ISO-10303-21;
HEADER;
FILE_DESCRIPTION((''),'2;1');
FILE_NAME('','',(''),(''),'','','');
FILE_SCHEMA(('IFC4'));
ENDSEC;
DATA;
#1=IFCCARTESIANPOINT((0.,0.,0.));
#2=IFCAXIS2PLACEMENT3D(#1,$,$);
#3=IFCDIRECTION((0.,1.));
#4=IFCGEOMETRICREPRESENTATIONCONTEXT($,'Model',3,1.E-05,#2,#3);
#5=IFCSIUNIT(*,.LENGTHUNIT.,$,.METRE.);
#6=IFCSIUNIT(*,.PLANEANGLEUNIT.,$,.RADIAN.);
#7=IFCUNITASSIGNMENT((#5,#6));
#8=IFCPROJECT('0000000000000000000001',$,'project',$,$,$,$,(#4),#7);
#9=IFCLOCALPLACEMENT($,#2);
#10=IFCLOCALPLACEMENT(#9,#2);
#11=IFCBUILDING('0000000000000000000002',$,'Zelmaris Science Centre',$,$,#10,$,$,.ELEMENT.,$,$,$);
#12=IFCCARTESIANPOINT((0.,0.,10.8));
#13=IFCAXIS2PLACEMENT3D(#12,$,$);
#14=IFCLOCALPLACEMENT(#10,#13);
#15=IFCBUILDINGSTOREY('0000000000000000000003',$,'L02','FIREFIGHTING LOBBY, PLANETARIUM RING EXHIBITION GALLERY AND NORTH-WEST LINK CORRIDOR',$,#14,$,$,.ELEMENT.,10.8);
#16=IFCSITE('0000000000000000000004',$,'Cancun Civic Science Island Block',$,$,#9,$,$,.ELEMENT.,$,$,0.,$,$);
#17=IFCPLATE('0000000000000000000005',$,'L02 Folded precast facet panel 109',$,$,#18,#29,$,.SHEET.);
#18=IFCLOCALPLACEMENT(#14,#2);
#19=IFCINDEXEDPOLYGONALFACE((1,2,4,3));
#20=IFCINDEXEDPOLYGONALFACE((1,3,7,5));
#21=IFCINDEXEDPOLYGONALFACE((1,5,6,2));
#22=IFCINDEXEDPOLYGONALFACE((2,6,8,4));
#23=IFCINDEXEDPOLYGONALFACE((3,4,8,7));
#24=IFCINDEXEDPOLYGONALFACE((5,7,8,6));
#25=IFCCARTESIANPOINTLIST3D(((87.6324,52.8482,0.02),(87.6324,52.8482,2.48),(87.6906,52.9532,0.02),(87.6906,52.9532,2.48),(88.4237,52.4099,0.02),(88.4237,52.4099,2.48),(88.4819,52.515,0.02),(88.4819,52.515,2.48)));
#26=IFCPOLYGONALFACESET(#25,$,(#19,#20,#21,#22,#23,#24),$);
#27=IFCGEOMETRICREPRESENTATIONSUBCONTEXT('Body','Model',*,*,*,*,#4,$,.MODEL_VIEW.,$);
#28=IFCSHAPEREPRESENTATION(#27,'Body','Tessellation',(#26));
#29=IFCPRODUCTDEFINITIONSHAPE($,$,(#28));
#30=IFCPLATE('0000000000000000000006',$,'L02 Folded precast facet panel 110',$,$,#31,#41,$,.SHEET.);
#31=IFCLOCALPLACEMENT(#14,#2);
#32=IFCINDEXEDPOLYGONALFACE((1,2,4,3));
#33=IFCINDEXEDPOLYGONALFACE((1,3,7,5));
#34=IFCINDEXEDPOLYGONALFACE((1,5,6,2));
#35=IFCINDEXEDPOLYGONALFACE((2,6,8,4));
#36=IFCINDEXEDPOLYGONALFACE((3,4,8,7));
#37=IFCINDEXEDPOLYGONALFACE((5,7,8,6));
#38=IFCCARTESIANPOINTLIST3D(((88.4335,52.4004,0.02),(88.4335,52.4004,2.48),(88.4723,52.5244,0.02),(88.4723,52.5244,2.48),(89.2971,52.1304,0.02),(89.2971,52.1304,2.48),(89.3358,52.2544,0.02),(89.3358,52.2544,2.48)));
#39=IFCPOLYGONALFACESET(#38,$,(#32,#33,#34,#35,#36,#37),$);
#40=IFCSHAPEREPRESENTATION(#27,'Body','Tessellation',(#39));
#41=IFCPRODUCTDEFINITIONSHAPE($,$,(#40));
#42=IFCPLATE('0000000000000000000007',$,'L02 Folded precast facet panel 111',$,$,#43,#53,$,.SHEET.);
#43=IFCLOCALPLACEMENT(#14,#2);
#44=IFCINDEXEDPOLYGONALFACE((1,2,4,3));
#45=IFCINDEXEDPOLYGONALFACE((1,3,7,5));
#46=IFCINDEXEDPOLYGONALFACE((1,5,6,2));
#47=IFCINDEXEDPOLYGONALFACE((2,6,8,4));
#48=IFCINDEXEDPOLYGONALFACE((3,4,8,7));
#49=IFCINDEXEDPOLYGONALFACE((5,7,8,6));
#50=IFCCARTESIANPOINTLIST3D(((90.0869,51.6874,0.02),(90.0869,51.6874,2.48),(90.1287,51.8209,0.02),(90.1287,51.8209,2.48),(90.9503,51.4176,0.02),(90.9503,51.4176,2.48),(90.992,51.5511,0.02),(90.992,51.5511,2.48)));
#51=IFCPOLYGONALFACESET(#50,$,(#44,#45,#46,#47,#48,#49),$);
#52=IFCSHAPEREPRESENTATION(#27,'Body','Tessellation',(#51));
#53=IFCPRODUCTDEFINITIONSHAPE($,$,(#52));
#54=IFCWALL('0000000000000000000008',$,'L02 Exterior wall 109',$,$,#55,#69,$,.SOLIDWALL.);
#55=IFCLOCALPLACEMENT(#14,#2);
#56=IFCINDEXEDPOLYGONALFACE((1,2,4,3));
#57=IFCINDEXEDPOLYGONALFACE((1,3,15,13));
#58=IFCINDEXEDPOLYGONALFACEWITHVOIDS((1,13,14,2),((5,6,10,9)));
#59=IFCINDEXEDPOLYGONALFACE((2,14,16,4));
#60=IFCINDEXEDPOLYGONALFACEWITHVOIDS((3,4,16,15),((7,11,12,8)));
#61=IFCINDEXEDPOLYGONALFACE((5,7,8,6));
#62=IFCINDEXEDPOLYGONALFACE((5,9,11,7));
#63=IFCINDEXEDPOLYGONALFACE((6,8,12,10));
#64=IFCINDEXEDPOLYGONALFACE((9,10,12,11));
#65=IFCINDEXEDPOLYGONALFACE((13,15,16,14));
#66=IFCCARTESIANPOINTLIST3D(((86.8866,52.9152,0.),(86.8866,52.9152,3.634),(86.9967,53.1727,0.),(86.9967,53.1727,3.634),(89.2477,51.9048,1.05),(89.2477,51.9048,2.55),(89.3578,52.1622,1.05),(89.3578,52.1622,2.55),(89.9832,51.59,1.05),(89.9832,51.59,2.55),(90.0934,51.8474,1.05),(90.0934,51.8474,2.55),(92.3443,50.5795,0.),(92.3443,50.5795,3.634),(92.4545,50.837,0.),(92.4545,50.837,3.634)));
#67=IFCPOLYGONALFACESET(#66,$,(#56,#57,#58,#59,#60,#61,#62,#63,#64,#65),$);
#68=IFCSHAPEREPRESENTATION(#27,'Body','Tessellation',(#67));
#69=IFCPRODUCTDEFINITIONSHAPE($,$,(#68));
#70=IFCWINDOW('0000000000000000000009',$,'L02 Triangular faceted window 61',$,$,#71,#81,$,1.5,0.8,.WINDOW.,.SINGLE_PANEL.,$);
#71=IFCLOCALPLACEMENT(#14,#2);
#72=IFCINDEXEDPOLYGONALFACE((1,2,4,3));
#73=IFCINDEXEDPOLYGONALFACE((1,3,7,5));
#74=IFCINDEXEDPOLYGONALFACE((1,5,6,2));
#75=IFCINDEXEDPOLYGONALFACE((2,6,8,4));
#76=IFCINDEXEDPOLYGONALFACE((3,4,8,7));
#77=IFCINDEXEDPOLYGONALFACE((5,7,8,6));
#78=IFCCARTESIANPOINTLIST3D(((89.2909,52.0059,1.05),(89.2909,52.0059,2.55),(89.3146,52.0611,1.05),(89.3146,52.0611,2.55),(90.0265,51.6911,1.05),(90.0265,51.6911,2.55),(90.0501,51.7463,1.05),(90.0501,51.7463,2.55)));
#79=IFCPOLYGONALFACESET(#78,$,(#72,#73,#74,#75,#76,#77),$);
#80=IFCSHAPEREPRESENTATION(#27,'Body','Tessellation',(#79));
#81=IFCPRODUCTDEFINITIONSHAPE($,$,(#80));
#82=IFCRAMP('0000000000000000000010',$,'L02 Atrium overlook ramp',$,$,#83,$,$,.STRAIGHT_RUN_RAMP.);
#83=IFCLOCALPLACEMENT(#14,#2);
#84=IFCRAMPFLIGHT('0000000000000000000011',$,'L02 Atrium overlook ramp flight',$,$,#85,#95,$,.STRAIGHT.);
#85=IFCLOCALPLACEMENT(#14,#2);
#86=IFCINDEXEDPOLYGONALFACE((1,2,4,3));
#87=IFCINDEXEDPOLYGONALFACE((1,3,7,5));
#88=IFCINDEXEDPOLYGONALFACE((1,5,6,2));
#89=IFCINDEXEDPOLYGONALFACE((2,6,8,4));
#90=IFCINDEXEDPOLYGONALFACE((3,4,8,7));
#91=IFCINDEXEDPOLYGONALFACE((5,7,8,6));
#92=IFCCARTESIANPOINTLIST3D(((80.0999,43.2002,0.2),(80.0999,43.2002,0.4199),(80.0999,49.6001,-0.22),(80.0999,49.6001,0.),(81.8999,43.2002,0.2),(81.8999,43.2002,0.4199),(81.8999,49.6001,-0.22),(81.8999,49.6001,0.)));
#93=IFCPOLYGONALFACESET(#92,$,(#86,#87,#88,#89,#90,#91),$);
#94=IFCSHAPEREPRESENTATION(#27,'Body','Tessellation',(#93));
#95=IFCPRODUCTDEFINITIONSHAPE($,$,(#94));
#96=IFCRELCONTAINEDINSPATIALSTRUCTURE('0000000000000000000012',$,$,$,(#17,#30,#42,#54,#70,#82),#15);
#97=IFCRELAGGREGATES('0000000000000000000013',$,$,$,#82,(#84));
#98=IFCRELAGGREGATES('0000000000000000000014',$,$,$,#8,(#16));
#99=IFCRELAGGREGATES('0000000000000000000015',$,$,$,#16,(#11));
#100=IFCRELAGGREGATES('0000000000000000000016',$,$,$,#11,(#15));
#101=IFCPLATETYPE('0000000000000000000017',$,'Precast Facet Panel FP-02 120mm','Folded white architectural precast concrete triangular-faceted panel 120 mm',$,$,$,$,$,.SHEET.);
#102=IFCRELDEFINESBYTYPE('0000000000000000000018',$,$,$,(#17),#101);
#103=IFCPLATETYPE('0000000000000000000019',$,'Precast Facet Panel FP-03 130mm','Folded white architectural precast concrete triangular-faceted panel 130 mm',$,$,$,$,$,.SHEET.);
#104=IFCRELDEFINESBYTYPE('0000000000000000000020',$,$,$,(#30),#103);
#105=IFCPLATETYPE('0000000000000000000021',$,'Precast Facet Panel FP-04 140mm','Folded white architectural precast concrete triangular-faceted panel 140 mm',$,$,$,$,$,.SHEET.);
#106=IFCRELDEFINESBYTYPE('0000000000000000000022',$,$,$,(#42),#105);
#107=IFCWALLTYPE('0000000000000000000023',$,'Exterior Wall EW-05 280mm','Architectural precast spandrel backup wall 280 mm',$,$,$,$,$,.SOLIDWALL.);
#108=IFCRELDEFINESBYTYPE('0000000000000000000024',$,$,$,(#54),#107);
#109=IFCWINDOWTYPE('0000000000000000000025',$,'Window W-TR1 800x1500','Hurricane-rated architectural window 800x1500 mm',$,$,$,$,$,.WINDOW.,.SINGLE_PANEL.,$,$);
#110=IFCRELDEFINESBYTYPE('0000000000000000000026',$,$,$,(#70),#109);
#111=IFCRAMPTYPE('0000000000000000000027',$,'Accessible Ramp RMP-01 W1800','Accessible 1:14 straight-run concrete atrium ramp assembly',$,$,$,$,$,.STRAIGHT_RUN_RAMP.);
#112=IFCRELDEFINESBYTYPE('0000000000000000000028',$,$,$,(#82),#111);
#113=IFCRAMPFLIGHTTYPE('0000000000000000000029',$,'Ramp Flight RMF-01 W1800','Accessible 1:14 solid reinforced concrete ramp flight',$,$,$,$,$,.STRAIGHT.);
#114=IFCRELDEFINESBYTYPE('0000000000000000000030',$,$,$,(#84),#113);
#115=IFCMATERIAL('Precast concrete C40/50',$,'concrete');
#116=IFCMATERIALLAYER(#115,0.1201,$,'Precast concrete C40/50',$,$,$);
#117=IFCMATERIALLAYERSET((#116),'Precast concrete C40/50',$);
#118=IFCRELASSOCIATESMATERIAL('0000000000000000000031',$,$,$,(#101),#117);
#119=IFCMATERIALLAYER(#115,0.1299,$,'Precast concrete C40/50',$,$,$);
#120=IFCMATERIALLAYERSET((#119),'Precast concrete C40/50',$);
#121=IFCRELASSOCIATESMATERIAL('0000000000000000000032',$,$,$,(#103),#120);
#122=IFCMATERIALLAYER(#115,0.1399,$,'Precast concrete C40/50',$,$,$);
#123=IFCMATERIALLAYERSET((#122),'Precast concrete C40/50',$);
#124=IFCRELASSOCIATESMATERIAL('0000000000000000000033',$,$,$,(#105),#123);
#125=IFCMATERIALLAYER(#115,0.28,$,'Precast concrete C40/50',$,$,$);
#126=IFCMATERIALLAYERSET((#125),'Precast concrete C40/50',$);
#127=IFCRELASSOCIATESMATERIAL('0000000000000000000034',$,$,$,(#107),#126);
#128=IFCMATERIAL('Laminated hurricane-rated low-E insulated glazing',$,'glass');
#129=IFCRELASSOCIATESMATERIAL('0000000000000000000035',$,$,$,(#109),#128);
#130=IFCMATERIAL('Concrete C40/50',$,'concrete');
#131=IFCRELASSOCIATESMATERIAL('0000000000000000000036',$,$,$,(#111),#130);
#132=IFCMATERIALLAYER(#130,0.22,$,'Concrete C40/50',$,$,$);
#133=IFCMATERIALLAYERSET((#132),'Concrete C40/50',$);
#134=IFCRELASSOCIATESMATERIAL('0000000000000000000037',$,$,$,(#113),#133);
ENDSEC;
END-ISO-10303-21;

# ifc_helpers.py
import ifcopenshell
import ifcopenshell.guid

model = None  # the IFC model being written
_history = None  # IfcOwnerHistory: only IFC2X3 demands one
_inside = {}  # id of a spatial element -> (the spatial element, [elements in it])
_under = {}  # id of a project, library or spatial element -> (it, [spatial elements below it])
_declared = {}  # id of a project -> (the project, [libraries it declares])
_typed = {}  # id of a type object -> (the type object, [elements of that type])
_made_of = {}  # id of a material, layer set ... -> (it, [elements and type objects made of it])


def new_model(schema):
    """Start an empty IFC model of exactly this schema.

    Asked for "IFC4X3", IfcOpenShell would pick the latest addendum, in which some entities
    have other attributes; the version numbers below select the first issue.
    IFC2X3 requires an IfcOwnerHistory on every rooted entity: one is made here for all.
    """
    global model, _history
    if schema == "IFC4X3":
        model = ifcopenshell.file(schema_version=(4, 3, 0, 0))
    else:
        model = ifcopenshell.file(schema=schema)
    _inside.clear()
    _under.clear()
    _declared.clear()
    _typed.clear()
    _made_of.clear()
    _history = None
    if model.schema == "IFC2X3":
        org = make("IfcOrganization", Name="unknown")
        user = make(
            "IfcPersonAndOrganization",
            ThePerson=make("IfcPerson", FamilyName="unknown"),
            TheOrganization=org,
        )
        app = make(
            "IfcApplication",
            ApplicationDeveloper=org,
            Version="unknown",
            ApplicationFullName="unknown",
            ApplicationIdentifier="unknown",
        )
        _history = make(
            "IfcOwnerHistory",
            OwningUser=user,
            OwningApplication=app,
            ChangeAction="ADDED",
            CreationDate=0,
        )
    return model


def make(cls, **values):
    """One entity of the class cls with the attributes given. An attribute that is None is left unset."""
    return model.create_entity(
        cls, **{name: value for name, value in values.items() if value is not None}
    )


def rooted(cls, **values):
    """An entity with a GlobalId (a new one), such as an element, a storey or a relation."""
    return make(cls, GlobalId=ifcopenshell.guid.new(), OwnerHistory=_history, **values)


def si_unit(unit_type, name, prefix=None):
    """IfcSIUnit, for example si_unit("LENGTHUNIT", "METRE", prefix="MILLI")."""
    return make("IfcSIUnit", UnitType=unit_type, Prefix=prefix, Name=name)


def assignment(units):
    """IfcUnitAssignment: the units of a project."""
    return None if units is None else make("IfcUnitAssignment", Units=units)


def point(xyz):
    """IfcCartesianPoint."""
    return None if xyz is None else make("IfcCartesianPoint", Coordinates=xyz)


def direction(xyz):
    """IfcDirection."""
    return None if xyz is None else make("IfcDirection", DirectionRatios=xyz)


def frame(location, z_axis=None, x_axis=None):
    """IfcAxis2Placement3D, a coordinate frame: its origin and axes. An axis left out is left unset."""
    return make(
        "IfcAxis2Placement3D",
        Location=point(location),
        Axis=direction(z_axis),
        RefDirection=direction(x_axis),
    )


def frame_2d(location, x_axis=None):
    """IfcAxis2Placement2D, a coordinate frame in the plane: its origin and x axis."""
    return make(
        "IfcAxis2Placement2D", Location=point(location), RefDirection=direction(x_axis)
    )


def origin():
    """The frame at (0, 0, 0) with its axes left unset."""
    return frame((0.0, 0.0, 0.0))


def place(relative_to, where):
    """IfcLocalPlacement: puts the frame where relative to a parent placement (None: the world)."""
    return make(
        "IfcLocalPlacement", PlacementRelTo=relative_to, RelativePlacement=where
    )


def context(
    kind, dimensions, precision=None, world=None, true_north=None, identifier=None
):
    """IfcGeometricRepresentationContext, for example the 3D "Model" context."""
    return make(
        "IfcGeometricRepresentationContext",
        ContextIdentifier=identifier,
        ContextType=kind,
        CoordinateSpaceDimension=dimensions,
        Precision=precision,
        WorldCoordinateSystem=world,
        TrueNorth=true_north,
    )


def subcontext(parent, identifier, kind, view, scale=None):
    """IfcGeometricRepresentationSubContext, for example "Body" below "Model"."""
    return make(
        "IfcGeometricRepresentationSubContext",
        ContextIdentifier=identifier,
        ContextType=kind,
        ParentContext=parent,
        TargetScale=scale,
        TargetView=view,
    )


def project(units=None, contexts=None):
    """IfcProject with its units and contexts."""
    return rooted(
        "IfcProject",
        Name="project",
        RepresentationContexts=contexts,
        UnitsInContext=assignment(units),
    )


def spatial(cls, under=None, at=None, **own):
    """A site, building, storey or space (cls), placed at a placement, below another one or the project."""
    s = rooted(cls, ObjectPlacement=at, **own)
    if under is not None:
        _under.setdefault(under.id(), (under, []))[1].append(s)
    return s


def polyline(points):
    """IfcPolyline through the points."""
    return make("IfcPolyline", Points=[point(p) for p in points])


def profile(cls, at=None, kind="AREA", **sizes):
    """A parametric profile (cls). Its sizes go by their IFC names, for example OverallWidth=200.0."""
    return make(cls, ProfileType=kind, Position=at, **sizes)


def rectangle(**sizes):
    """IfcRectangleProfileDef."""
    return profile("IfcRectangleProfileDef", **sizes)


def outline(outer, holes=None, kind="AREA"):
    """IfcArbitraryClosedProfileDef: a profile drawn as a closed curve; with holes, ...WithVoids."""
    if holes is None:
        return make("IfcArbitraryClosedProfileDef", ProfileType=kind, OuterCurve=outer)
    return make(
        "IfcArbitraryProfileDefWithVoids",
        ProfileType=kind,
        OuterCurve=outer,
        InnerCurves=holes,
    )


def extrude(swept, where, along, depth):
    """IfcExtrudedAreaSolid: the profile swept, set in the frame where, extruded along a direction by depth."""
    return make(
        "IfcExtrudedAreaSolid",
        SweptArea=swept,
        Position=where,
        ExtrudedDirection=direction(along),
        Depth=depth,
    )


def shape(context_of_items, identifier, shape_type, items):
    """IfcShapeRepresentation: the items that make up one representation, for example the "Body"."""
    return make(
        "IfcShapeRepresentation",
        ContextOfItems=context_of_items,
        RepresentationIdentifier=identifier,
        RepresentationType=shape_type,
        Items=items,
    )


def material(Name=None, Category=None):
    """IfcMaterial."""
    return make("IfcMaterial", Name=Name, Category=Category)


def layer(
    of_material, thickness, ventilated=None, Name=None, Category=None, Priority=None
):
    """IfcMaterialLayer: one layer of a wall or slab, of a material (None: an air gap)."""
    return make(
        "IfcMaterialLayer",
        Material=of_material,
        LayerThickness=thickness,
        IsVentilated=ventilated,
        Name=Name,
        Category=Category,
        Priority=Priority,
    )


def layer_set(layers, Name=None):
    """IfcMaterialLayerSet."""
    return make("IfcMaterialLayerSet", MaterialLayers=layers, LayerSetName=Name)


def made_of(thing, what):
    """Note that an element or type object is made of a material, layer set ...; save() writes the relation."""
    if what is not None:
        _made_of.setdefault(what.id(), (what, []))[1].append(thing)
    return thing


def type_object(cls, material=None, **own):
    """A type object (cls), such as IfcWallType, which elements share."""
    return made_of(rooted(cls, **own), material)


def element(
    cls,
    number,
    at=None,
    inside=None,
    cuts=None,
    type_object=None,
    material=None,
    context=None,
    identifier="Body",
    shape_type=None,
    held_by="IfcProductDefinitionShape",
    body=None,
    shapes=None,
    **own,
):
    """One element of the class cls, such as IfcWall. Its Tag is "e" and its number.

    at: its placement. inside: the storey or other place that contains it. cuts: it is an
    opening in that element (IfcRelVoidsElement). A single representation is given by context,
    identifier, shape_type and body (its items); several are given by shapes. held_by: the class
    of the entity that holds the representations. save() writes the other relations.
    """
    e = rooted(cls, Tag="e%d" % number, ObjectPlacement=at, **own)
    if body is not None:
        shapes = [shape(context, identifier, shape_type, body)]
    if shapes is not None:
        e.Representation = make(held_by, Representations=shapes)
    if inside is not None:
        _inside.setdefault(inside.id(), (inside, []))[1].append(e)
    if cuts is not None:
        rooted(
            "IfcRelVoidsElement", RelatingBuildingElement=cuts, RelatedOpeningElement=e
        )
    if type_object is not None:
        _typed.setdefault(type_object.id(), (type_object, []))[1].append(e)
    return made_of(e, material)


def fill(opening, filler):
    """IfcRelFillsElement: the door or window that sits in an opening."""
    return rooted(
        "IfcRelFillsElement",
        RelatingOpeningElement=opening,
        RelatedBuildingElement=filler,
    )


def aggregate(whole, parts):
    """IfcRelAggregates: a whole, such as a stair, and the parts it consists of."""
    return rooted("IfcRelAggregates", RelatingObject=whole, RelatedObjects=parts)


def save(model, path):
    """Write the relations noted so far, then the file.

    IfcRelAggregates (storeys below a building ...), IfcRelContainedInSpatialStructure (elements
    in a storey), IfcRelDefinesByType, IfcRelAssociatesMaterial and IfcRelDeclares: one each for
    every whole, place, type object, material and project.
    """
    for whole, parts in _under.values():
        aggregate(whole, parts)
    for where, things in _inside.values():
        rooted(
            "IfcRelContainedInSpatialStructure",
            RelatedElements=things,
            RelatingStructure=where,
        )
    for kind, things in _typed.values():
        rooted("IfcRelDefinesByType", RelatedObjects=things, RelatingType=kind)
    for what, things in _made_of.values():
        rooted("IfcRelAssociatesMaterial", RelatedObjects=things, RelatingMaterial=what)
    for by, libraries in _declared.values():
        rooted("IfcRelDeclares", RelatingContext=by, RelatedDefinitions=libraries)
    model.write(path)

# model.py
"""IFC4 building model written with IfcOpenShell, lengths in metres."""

from ifc_helpers import new_model, si_unit, direction, frame, frame_2d, origin, place, context, subcontext, project, spatial, polyline, rectangle, outline, extrude, material, layer, layer_set, type_object, element, fill, aggregate, save


model = new_model("IFC4")

# Units and contexts
model_context = context("Model", 3, precision=1e-05, world=origin(), true_north=direction((0.0, 1.0)))
body_context = subcontext(model_context, "Body", "Model", "MODEL_VIEW")
ifc_project = project(units=[si_unit("LENGTHUNIT", "METRE"), si_unit("PLANEANGLEUNIT", "RADIAN")], contexts=[model_context])

# Site, building, storey
site_placement = place(None, origin())
site = spatial("IfcSite", under=ifc_project, at=site_placement, Name="Cancun Civic Science Island Block", CompositionType="ELEMENT", RefElevation=0.0)
building_placement = place(site_placement, origin())
building = spatial("IfcBuilding", under=site, at=building_placement, Name="Zelmaris Science Centre", CompositionType="ELEMENT")
storey_placement = place(building_placement, frame((0.0, 0.0, 10.8)))
storey = spatial("IfcBuildingStorey", under=building, at=storey_placement, Name="L02", Description="FIREFIGHTING LOBBY, PLANETARIUM RING EXHIBITION GALLERY AND NORTH-WEST LINK CORRIDOR", CompositionType="ELEMENT", Elevation=10.8)

# Plates
ifc_material_1 = material(Name="Precast concrete C40/50", Category="concrete")
ifc_layer_1 = layer(ifc_material_1, 0.1201, Name="Precast concrete C40/50")
ifc_layer_set_1 = layer_set([ifc_layer_1], Name="Precast concrete C40/50")
plate_type_1 = type_object("IfcPlateType", Name="Precast Facet Panel FP-02 120mm", Description="Folded white architectural precast concrete triangular-faceted panel 120 mm", PredefinedType="SHEET", material=ifc_layer_set_1)
plate_1_placement = place(storey_placement, frame((87.6616, 52.9006, 0.02), z_axis=(0.0, 0.0, 1.0), x_axis=(0.874793, -0.484497, 0.0)))
element("IfcPlate", 1, at=plate_1_placement, inside=storey, type_object=plate_type_1, Name="L02 Folded precast facet panel 109", PredefinedType="SHEET", context=body_context, shape_type="SweptSolid", body=[
    extrude(rectangle(XDim=0.9045, YDim=0.1201, at=frame_2d((0.4521, 0.0))), origin(), (0.0, 0.0, 1.0), 2.46),
])
ifc_layer_2 = layer(ifc_material_1, 0.1299, Name="Precast concrete C40/50")
ifc_layer_set_2 = layer_set([ifc_layer_2], Name="Precast concrete C40/50")
plate_type_2 = type_object("IfcPlateType", Name="Precast Facet Panel FP-03 130mm", Description="Folded white architectural precast concrete triangular-faceted panel 130 mm", PredefinedType="SHEET", material=ifc_layer_set_2)
plate_2_placement = place(storey_placement, frame((88.4529, 52.4624, 0.02), z_axis=(0.0, 0.0, 1.0), x_axis=(0.954427, -0.298444, 0.0)))
element("IfcPlate", 2, at=plate_2_placement, inside=storey, type_object=plate_type_2, Name="L02 Folded precast facet panel 110", PredefinedType="SHEET", context=body_context, shape_type="SweptSolid", body=[
    extrude(rectangle(XDim=0.9048, YDim=0.1299, at=frame_2d((0.4524, 0.0))), origin(), (0.0, 0.0, 1.0), 2.46),
])
ifc_layer_3 = layer(ifc_material_1, 0.1399, Name="Precast concrete C40/50")
ifc_layer_set_3 = layer_set([ifc_layer_3], Name="Precast concrete C40/50")
plate_type_3 = type_object("IfcPlateType", Name="Precast Facet Panel FP-04 140mm", Description="Folded white architectural precast concrete triangular-faceted panel 140 mm", PredefinedType="SHEET", material=ifc_layer_set_3)
plate_3_placement = place(storey_placement, frame((90.1079, 51.7542, 0.02), z_axis=(0.0, 0.0, 1.0), x_axis=(0.95448, -0.298275, 0.0)))
element("IfcPlate", 3, at=plate_3_placement, inside=storey, type_object=plate_type_3, Name="L02 Folded precast facet panel 111", PredefinedType="SHEET", context=body_context, shape_type="SweptSolid", body=[
    extrude(rectangle(XDim=0.9045, YDim=0.1399, at=frame_2d((0.4521, 0.0))), origin(), (0.0, 0.0, 1.0), 2.46),
])

# Wall, opening, window
ifc_layer_4 = layer(ifc_material_1, 0.28, Name="Precast concrete C40/50")
ifc_layer_set_4 = layer_set([ifc_layer_4], Name="Precast concrete C40/50")
wall_type = type_object("IfcWallType", Name="Exterior Wall EW-05 280mm", Description="Architectural precast spandrel backup wall 280 mm", PredefinedType="SOLIDWALL", material=ifc_layer_set_4)
wall_placement = place(storey_placement, frame((86.9417, 53.0439, 0.0), z_axis=(0.0, 0.0, 1.0), x_axis=(0.919349, -0.393443, 0.0)))
wall = element("IfcWall", 4, at=wall_placement, inside=storey, type_object=wall_type, Name="L02 Exterior wall 109", PredefinedType="SOLIDWALL", context=body_context, shape_type="SweptSolid", body=[
    extrude(rectangle(XDim=5.9365, YDim=0.28, at=frame_2d((2.9683, 0.0))), origin(), (0.0, 0.0, 1.0), 3.634),
])
opening_placement = place(wall_placement, frame((2.5684, 0.0, 1.05)))
opening = element("IfcOpeningElement", 5, at=opening_placement, cuts=wall, PredefinedType="OPENING", context=body_context, shape_type="SweptSolid", body=[
    extrude(rectangle(XDim=0.8, YDim=1.5, at=frame_2d((0.3999, 0.75))), frame((0.0, 0.1499, 0.0), z_axis=(0.0, -1.0, 0.0), x_axis=(1.0, 0.0, 0.0)), (0.0, 0.0, 1.0), 0.3),
])
ifc_material_2 = material(Name="Laminated hurricane-rated low-E insulated glazing", Category="glass")
window_type = type_object("IfcWindowType", Name="Window W-TR1 800x1500", Description="Hurricane-rated architectural window 800x1500 mm", PartitioningType="SINGLE_PANEL", PredefinedType="WINDOW", material=ifc_material_2)
window_placement = place(opening_placement, origin())
window = element("IfcWindow", 6, at=window_placement, inside=storey, type_object=window_type, Name="L02 Triangular faceted window 61", OverallHeight=1.5, OverallWidth=0.8, PartitioningType="SINGLE_PANEL", PredefinedType="WINDOW", context=body_context, shape_type="SweptSolid", body=[
    extrude(rectangle(XDim=0.8, YDim=1.5, at=frame_2d((0.3999, 0.75))), frame((0.0, 0.03, 0.0), z_axis=(0.0, -1.0, 0.0), x_axis=(1.0, 0.0, 0.0)), (0.0, 0.0, 1.0), 0.0601),
])
fill(opening, window)

# Ramp, ramp flight
ifc_material_3 = material(Name="Concrete C40/50", Category="concrete")
ramp_type = type_object("IfcRampType", Name="Accessible Ramp RMP-01 W1800", Description="Accessible 1:14 straight-run concrete atrium ramp assembly", PredefinedType="STRAIGHT_RUN_RAMP", material=ifc_material_3)
ramp_placement = place(storey_placement, origin())
ramp = element("IfcRamp", 7, at=ramp_placement, inside=storey, type_object=ramp_type, Name="L02 Atrium overlook ramp", PredefinedType="STRAIGHT_RUN_RAMP")
ifc_layer_5 = layer(ifc_material_3, 0.22, Name="Concrete C40/50")
ifc_layer_set_5 = layer_set([ifc_layer_5], Name="Concrete C40/50")
ramp_flight_type = type_object("IfcRampFlightType", Name="Ramp Flight RMF-01 W1800", Description="Accessible 1:14 solid reinforced concrete ramp flight", PredefinedType="STRAIGHT", material=ifc_layer_set_5)
ramp_flight_placement = place(storey_placement, frame((81.0, 49.6001, 0.0), z_axis=(0.0, 0.0, 1.0), x_axis=(0.0, -1.0, 0.0)))
ramp_flight = element("IfcRampFlight", 8, at=ramp_flight_placement, type_object=ramp_flight_type, Name="L02 Atrium overlook ramp flight", PredefinedType="STRAIGHT", context=body_context, shape_type="SweptSolid", body=[
    extrude(outline(polyline([(0.0, 0.0), (6.3999, 0.4199), (6.3999, 0.2), (0.0, -0.22), (0.0, 0.0)])), frame((0.0, 0.8999, 0.0), z_axis=(0.0, -1.0, 0.0), x_axis=(1.0, 0.0, 0.0)), (0.0, 0.0, 1.0), 1.8),
])
aggregate(ramp, [ramp_flight])

save(model, "model.ifc")
